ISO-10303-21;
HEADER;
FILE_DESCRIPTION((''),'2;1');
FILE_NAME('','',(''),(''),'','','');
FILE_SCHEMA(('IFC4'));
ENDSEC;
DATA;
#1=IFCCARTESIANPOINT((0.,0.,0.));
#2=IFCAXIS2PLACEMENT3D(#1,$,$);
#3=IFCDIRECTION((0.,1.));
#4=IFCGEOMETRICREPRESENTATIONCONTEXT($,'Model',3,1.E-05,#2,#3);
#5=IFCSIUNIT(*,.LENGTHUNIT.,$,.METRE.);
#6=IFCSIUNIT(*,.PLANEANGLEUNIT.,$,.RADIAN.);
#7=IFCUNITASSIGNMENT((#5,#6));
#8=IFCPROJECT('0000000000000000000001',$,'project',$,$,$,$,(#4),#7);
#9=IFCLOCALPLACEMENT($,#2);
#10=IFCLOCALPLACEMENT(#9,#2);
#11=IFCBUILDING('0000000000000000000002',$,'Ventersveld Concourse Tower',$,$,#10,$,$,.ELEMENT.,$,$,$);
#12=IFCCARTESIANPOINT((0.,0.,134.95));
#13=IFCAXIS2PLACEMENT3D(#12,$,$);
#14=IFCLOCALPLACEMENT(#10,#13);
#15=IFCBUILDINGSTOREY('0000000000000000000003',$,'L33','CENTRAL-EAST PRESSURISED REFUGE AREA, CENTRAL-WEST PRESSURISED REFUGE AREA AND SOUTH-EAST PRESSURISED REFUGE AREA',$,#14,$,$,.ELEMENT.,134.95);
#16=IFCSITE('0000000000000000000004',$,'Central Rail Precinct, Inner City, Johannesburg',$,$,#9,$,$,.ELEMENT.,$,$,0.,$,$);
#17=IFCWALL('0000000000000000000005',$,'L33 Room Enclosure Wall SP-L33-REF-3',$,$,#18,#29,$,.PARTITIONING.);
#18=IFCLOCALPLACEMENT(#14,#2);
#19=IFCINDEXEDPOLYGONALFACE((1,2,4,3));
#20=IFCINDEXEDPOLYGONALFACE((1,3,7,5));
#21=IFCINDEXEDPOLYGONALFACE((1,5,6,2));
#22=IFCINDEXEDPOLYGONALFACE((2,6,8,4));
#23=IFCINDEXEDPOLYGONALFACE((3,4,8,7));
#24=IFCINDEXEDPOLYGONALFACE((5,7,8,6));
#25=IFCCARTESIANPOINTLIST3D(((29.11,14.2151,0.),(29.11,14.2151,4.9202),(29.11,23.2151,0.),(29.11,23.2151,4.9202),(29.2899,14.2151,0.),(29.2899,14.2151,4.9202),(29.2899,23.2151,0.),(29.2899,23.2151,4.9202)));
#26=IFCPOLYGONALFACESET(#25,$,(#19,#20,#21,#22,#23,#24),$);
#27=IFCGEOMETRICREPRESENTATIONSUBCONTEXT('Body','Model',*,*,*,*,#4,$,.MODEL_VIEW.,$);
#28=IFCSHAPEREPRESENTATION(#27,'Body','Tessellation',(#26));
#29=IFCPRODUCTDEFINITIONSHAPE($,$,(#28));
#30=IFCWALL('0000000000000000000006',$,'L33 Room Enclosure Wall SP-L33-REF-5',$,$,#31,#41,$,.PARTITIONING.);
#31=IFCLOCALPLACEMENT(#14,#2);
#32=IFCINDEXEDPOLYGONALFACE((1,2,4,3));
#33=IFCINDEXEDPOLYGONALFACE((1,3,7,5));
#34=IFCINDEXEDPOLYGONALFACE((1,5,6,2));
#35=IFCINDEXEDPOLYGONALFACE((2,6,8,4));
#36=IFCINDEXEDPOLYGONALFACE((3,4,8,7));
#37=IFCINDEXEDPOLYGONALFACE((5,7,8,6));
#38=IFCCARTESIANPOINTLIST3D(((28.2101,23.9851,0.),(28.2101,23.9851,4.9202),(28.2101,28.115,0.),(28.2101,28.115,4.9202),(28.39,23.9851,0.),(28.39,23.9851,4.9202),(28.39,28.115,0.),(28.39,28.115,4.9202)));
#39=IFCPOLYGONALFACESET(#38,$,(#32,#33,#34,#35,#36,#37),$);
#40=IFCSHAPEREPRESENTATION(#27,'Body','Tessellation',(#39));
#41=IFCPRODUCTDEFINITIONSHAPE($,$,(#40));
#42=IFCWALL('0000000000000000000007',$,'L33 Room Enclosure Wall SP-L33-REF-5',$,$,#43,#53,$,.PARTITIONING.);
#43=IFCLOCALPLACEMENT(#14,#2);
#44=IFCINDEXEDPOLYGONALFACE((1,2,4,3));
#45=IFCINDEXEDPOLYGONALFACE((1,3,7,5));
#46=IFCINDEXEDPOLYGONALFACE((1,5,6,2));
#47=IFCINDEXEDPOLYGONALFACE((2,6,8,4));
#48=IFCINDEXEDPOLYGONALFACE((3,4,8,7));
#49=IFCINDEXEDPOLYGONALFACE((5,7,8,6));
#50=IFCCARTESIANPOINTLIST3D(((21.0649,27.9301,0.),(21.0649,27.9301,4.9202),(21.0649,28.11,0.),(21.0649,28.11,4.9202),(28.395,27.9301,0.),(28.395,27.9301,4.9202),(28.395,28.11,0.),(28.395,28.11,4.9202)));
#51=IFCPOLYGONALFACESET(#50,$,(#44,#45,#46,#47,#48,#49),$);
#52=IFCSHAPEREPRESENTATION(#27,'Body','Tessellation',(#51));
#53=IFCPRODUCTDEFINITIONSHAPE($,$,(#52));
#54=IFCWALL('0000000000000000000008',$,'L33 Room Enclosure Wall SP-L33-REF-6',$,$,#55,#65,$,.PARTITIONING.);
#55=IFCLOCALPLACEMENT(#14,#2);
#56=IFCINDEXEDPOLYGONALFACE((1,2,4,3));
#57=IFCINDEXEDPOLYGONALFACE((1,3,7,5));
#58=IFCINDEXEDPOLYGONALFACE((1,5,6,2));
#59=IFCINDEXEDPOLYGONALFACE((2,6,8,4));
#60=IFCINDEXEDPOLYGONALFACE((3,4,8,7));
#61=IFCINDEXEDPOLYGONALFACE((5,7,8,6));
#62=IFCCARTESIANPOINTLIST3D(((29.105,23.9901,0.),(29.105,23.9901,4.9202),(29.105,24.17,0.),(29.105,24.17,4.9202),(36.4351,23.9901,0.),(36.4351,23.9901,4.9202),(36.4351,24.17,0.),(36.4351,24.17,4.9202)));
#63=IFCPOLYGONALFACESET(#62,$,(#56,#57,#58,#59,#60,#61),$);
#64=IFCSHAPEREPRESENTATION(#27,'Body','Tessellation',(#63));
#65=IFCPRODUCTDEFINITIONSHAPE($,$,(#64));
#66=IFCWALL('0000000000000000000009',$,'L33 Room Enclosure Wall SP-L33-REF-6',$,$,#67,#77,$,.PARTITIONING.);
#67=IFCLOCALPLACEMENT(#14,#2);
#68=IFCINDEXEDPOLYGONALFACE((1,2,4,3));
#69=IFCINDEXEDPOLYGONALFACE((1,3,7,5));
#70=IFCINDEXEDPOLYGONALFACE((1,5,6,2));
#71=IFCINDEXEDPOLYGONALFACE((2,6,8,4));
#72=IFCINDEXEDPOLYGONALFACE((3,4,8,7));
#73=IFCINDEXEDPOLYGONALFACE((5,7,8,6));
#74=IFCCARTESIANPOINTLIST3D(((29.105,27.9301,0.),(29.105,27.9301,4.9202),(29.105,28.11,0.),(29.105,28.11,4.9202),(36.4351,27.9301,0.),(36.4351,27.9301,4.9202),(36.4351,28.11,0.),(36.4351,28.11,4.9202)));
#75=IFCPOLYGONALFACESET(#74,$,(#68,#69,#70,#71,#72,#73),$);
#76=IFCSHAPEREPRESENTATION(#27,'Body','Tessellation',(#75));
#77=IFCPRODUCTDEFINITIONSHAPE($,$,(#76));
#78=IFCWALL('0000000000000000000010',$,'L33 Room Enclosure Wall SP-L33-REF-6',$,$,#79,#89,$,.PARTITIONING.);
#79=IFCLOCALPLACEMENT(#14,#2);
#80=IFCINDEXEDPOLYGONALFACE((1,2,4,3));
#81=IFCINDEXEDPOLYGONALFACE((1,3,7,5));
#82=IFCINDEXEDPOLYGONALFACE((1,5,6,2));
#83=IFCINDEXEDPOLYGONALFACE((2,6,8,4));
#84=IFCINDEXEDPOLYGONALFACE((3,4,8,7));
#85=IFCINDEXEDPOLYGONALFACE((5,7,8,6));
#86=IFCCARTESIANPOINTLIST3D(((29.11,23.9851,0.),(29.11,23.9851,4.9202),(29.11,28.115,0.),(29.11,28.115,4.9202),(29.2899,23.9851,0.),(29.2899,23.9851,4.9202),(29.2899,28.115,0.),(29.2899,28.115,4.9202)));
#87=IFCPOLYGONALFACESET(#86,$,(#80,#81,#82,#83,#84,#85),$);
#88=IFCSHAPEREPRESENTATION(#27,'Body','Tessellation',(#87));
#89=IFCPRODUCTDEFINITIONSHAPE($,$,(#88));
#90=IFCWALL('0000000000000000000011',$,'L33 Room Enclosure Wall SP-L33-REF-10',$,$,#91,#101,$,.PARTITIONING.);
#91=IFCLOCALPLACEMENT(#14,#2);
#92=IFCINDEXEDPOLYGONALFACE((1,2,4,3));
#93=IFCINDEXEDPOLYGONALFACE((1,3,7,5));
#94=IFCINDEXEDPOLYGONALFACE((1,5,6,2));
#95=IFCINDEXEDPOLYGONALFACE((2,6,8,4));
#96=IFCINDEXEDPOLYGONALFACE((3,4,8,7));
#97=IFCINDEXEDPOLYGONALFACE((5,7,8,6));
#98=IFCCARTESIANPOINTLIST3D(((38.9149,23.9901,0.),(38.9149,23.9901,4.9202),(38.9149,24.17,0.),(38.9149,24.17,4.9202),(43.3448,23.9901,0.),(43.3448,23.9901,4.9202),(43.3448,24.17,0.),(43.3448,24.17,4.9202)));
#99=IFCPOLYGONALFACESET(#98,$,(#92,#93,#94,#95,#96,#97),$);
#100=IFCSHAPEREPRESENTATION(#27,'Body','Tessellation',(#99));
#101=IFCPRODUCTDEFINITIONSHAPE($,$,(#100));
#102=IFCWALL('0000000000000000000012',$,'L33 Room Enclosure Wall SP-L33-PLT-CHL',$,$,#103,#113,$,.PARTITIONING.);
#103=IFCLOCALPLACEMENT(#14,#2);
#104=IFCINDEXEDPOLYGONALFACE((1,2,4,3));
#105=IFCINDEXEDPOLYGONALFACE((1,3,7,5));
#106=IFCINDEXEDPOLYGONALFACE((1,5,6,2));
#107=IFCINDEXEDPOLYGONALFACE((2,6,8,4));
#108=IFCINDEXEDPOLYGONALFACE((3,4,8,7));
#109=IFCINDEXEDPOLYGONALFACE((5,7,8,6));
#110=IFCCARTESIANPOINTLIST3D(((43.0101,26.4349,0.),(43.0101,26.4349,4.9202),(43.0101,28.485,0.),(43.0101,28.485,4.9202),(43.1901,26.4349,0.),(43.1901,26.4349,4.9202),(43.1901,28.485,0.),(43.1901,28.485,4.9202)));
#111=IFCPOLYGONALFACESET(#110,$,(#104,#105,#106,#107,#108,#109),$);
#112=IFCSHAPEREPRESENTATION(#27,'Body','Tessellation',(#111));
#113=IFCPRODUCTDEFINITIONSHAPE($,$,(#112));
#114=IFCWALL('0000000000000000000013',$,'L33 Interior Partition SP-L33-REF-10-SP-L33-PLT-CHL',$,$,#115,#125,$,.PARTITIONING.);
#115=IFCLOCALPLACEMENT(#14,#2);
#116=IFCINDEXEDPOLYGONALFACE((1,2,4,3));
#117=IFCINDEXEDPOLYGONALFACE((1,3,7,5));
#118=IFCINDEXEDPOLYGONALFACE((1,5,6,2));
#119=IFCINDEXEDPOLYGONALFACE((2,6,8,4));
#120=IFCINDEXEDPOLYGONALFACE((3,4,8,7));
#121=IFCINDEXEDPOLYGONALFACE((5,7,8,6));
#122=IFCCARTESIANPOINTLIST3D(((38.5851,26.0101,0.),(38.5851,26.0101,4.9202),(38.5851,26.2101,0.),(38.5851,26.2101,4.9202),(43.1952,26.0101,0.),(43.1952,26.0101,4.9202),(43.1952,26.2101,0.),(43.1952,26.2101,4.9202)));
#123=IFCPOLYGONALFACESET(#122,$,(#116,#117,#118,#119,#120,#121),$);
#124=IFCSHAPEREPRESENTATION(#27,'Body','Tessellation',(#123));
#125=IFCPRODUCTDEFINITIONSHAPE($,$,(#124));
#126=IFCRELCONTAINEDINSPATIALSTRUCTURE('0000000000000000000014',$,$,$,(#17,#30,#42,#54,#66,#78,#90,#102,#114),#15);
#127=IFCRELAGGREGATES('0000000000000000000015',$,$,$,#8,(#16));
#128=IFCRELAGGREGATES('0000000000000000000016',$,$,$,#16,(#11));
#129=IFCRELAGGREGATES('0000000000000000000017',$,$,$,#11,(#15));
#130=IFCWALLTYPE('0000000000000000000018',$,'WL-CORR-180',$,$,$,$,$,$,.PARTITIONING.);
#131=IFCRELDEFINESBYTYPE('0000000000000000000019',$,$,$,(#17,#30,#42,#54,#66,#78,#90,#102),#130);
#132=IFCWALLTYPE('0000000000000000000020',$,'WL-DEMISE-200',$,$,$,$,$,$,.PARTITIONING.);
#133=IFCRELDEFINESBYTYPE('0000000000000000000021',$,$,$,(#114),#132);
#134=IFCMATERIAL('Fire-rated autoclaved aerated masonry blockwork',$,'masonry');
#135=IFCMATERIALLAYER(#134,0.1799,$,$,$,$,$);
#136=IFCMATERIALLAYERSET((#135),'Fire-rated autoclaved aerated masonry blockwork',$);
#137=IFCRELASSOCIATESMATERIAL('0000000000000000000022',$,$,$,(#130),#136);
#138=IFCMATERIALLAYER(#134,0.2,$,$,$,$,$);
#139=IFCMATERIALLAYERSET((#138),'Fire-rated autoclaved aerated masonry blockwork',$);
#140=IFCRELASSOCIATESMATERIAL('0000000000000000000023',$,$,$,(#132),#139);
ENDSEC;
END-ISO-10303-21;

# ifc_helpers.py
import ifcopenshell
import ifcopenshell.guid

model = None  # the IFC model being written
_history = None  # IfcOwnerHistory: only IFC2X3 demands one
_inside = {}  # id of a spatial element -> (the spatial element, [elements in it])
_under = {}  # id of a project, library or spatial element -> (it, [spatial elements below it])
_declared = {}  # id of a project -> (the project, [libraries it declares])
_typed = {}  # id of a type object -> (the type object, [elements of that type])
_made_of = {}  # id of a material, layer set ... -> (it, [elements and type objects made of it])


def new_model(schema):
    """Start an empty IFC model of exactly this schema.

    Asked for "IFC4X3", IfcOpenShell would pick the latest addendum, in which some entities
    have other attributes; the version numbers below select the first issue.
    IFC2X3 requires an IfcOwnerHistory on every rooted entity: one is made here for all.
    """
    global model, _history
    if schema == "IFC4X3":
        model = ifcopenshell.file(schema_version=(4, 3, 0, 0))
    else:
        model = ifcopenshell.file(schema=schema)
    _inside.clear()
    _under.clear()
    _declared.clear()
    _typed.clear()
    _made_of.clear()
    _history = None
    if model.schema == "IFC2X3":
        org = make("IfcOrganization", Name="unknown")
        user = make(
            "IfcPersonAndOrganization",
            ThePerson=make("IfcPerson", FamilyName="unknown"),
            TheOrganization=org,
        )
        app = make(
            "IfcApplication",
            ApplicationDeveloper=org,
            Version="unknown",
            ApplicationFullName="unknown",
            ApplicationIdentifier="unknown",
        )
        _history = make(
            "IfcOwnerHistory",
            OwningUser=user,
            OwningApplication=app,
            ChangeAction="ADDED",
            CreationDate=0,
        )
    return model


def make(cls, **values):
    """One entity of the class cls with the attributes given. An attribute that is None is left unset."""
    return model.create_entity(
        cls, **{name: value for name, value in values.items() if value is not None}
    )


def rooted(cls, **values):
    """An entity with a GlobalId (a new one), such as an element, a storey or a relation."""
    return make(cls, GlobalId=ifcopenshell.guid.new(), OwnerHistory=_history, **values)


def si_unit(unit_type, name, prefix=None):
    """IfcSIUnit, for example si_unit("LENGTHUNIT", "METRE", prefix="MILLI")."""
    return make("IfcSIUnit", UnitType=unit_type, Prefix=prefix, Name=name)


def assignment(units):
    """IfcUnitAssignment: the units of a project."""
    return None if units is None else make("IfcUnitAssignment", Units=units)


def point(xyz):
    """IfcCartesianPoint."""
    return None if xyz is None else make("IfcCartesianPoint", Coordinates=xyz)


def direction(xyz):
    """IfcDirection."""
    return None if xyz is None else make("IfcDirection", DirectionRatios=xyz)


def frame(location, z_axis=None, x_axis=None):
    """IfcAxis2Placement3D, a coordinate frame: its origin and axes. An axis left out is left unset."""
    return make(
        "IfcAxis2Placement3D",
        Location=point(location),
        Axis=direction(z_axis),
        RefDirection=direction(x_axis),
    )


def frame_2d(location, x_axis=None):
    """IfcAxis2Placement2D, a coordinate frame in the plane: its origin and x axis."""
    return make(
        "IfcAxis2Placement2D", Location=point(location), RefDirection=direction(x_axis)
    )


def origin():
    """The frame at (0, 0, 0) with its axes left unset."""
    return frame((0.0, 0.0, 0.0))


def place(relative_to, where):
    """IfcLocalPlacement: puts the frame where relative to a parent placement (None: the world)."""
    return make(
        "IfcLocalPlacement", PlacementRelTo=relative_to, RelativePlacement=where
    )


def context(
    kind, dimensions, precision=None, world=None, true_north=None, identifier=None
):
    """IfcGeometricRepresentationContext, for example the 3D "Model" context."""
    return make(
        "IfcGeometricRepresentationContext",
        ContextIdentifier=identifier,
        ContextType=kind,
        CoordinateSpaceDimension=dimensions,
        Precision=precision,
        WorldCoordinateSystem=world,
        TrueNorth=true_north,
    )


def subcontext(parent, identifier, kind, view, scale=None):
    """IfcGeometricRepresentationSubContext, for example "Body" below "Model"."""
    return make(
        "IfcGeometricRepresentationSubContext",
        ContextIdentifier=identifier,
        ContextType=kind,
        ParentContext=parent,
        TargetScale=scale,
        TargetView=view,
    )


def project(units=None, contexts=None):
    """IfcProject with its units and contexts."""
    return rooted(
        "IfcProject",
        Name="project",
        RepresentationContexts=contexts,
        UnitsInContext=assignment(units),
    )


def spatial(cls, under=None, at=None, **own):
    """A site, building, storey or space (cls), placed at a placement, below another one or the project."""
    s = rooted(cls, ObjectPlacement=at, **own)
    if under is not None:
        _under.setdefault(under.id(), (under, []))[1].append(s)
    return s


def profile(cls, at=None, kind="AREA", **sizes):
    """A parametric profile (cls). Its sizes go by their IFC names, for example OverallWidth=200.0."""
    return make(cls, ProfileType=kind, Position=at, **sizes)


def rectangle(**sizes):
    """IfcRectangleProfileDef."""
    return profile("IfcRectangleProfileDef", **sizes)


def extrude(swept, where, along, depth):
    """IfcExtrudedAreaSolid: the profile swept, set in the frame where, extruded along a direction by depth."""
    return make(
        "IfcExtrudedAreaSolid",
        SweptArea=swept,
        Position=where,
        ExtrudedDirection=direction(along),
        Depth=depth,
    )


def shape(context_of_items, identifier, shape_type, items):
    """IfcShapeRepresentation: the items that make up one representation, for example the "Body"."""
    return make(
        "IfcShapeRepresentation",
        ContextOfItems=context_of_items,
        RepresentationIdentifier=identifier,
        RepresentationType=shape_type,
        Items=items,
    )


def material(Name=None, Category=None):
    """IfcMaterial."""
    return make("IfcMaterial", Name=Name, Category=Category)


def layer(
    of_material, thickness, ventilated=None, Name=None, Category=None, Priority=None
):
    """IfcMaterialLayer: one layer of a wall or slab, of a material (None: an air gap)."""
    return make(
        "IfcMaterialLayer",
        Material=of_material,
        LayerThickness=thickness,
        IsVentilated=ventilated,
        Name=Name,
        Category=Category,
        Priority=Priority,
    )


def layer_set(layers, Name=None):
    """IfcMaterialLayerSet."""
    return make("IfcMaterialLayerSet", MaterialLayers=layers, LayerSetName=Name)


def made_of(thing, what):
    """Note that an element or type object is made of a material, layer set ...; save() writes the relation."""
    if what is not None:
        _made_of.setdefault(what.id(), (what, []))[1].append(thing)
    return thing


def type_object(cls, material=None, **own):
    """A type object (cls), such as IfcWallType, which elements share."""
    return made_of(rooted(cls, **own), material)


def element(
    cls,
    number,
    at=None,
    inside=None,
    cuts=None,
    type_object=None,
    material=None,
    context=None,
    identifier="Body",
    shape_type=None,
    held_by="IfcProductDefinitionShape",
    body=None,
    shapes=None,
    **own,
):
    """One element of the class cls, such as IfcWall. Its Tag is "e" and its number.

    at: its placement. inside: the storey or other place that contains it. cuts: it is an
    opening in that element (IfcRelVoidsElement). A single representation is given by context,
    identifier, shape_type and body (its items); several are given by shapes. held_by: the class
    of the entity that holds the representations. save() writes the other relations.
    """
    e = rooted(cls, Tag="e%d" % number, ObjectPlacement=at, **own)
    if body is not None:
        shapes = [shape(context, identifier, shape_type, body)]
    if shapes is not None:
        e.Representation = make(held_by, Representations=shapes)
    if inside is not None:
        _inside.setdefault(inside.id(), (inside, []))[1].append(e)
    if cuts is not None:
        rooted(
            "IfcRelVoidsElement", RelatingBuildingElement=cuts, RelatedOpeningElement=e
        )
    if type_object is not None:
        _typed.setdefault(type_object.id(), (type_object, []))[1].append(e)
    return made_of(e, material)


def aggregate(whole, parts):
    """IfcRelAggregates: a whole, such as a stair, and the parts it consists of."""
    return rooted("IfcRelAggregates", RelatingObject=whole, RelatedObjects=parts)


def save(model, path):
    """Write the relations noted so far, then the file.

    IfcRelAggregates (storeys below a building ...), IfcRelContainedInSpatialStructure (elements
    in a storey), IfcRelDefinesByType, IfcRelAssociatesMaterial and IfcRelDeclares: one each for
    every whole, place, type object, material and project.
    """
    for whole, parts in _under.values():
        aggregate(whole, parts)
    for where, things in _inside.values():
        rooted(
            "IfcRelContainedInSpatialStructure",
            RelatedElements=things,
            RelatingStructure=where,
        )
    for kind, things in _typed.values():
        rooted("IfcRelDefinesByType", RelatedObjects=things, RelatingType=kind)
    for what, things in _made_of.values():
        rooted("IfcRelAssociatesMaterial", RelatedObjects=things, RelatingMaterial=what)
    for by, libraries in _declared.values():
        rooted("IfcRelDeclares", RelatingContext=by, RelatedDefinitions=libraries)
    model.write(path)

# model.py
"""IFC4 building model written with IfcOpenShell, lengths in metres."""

from ifc_helpers import new_model, si_unit, direction, frame, frame_2d, origin, place, context, subcontext, project, spatial, rectangle, extrude, material, layer, layer_set, type_object, element, save


model = new_model("IFC4")

# Units and contexts
model_context = context("Model", 3, precision=1e-05, world=origin(), true_north=direction((0.0, 1.0)))
body_context = subcontext(model_context, "Body", "Model", "MODEL_VIEW")
ifc_project = project(units=[si_unit("LENGTHUNIT", "METRE"), si_unit("PLANEANGLEUNIT", "RADIAN")], contexts=[model_context])

# Site, building, storey
site_placement = place(None, origin())
site = spatial("IfcSite", under=ifc_project, at=site_placement, Name="Central Rail Precinct, Inner City, Johannesburg", CompositionType="ELEMENT", RefElevation=0.0)
building_placement = place(site_placement, origin())
building = spatial("IfcBuilding", under=site, at=building_placement, Name="Ventersveld Concourse Tower", CompositionType="ELEMENT")
storey_placement = place(building_placement, frame((0.0, 0.0, 134.95)))
storey = spatial("IfcBuildingStorey", under=building, at=storey_placement, Name="L33", Description="CENTRAL-EAST PRESSURISED REFUGE AREA, CENTRAL-WEST PRESSURISED REFUGE AREA AND SOUTH-EAST PRESSURISED REFUGE AREA", CompositionType="ELEMENT", Elevation=134.95)

# Shared definitions
ifc_material_1 = material(Name="Fire-rated autoclaved aerated masonry blockwork", Category="masonry")
ifc_layer_1 = layer(ifc_material_1, 0.1799)
ifc_layer_set_1 = layer_set([ifc_layer_1], Name="Fire-rated autoclaved aerated masonry blockwork")
wall_type_1 = type_object("IfcWallType", Name="WL-CORR-180", PredefinedType="PARTITIONING", material=ifc_layer_set_1)

# Walls
wall_1_placement = place(storey_placement, frame((29.2, 23.2151, 0.0), z_axis=(0.0, 0.0, 1.0), x_axis=(0.0, -1.0, 0.0)))
element("IfcWall", 1, at=wall_1_placement, inside=storey, type_object=wall_type_1, Name="L33 Room Enclosure Wall SP-L33-REF-3", PredefinedType="PARTITIONING", context=body_context, shape_type="SweptSolid", body=[
    extrude(rectangle(XDim=9.0, YDim=0.1799, at=frame_2d((4.5, 0.0))), origin(), (0.0, 0.0, 1.0), 4.9202),
])
wall_2_placement = place(storey_placement, frame((28.3, 23.9851, 0.0), z_axis=(0.0, 0.0, 1.0), x_axis=(0.0, 1.0, 0.0)))
element("IfcWall", 2, at=wall_2_placement, inside=storey, type_object=wall_type_1, Name="L33 Room Enclosure Wall SP-L33-REF-5", PredefinedType="PARTITIONING", context=body_context, shape_type="SweptSolid", body=[
    extrude(rectangle(XDim=4.1299, YDim=0.1799, at=frame_2d((2.0649, 0.0))), origin(), (0.0, 0.0, 1.0), 4.9202),
])
for number, where, z_axis, x_axis, name in (
    (3, (28.395, 28.02, 0.0), (0.0, 0.0, 1.0), (-1.0, 0.0, 0.0), "L33 Room Enclosure Wall SP-L33-REF-5"),
    (4, (29.105, 24.0801, 0.0), (0.0, 0.0, 1.0), (1.0, 0.0, 0.0), "L33 Room Enclosure Wall SP-L33-REF-6"),
    (5, (36.4351, 28.02, 0.0), (0.0, 0.0, 1.0), (-1.0, 0.0, 0.0), "L33 Room Enclosure Wall SP-L33-REF-6"),
):
    element("IfcWall", number, at=place(storey_placement, frame(where, z_axis=z_axis, x_axis=x_axis)), inside=storey, type_object=wall_type_1, Name=name, PredefinedType="PARTITIONING", context=body_context, shape_type="SweptSolid", body=[
        extrude(rectangle(XDim=7.3301, YDim=0.1799, at=frame_2d((3.665, 0.0))), origin(), (0.0, 0.0, 1.0), 4.9202),
    ])
wall_3_placement = place(storey_placement, frame((29.2, 28.115, 0.0), z_axis=(0.0, 0.0, 1.0), x_axis=(0.0, -1.0, 0.0)))
element("IfcWall", 6, at=wall_3_placement, inside=storey, type_object=wall_type_1, Name="L33 Room Enclosure Wall SP-L33-REF-6", PredefinedType="PARTITIONING", context=body_context, shape_type="SweptSolid", body=[
    extrude(rectangle(XDim=4.1299, YDim=0.1799, at=frame_2d((2.0649, 0.0))), origin(), (0.0, 0.0, 1.0), 4.9202),
])
wall_4_placement = place(storey_placement, frame((38.915, 24.0801, 0.0), z_axis=(0.0, 0.0, 1.0), x_axis=(1.0, 0.0, 0.0)))
element("IfcWall", 7, at=wall_4_placement, inside=storey, type_object=wall_type_1, Name="L33 Room Enclosure Wall SP-L33-REF-10", PredefinedType="PARTITIONING", context=body_context, shape_type="SweptSolid", body=[
    extrude(rectangle(XDim=4.4299, YDim=0.1799, at=frame_2d((2.2148, 0.0))), origin(), (0.0, 0.0, 1.0), 4.9202),
])
wall_5_placement = place(storey_placement, frame((43.1001, 26.4351, 0.0), z_axis=(0.0, 0.0, 1.0), x_axis=(0.0, 1.0, 0.0)))
element("IfcWall", 8, at=wall_5_placement, inside=storey, type_object=wall_type_1, Name="L33 Room Enclosure Wall SP-L33-PLT-CHL", PredefinedType="PARTITIONING", context=body_context, shape_type="SweptSolid", body=[
    extrude(rectangle(XDim=2.05, YDim=0.1799, at=frame_2d((1.0249, 0.0))), origin(), (0.0, 0.0, 1.0), 4.9202),
])
ifc_layer_2 = layer(ifc_material_1, 0.2)
ifc_layer_set_2 = layer_set([ifc_layer_2], Name="Fire-rated autoclaved aerated masonry blockwork")
wall_type_2 = type_object("IfcWallType", Name="WL-DEMISE-200", PredefinedType="PARTITIONING", material=ifc_layer_set_2)
wall_6_placement = place(storey_placement, frame((38.585, 26.1101, 0.0), z_axis=(0.0, 0.0, 1.0), x_axis=(1.0, 0.0, 0.0)))
element("IfcWall", 9, at=wall_6_placement, inside=storey, type_object=wall_type_2, Name="L33 Interior Partition SP-L33-REF-10-SP-L33-PLT-CHL", PredefinedType="PARTITIONING", context=body_context, shape_type="SweptSolid", body=[
    extrude(rectangle(XDim=4.6101, YDim=0.2, at=frame_2d((2.3052, 0.0))), origin(), (0.0, 0.0, 1.0), 4.9202),
])

save(model, "model.ifc")
